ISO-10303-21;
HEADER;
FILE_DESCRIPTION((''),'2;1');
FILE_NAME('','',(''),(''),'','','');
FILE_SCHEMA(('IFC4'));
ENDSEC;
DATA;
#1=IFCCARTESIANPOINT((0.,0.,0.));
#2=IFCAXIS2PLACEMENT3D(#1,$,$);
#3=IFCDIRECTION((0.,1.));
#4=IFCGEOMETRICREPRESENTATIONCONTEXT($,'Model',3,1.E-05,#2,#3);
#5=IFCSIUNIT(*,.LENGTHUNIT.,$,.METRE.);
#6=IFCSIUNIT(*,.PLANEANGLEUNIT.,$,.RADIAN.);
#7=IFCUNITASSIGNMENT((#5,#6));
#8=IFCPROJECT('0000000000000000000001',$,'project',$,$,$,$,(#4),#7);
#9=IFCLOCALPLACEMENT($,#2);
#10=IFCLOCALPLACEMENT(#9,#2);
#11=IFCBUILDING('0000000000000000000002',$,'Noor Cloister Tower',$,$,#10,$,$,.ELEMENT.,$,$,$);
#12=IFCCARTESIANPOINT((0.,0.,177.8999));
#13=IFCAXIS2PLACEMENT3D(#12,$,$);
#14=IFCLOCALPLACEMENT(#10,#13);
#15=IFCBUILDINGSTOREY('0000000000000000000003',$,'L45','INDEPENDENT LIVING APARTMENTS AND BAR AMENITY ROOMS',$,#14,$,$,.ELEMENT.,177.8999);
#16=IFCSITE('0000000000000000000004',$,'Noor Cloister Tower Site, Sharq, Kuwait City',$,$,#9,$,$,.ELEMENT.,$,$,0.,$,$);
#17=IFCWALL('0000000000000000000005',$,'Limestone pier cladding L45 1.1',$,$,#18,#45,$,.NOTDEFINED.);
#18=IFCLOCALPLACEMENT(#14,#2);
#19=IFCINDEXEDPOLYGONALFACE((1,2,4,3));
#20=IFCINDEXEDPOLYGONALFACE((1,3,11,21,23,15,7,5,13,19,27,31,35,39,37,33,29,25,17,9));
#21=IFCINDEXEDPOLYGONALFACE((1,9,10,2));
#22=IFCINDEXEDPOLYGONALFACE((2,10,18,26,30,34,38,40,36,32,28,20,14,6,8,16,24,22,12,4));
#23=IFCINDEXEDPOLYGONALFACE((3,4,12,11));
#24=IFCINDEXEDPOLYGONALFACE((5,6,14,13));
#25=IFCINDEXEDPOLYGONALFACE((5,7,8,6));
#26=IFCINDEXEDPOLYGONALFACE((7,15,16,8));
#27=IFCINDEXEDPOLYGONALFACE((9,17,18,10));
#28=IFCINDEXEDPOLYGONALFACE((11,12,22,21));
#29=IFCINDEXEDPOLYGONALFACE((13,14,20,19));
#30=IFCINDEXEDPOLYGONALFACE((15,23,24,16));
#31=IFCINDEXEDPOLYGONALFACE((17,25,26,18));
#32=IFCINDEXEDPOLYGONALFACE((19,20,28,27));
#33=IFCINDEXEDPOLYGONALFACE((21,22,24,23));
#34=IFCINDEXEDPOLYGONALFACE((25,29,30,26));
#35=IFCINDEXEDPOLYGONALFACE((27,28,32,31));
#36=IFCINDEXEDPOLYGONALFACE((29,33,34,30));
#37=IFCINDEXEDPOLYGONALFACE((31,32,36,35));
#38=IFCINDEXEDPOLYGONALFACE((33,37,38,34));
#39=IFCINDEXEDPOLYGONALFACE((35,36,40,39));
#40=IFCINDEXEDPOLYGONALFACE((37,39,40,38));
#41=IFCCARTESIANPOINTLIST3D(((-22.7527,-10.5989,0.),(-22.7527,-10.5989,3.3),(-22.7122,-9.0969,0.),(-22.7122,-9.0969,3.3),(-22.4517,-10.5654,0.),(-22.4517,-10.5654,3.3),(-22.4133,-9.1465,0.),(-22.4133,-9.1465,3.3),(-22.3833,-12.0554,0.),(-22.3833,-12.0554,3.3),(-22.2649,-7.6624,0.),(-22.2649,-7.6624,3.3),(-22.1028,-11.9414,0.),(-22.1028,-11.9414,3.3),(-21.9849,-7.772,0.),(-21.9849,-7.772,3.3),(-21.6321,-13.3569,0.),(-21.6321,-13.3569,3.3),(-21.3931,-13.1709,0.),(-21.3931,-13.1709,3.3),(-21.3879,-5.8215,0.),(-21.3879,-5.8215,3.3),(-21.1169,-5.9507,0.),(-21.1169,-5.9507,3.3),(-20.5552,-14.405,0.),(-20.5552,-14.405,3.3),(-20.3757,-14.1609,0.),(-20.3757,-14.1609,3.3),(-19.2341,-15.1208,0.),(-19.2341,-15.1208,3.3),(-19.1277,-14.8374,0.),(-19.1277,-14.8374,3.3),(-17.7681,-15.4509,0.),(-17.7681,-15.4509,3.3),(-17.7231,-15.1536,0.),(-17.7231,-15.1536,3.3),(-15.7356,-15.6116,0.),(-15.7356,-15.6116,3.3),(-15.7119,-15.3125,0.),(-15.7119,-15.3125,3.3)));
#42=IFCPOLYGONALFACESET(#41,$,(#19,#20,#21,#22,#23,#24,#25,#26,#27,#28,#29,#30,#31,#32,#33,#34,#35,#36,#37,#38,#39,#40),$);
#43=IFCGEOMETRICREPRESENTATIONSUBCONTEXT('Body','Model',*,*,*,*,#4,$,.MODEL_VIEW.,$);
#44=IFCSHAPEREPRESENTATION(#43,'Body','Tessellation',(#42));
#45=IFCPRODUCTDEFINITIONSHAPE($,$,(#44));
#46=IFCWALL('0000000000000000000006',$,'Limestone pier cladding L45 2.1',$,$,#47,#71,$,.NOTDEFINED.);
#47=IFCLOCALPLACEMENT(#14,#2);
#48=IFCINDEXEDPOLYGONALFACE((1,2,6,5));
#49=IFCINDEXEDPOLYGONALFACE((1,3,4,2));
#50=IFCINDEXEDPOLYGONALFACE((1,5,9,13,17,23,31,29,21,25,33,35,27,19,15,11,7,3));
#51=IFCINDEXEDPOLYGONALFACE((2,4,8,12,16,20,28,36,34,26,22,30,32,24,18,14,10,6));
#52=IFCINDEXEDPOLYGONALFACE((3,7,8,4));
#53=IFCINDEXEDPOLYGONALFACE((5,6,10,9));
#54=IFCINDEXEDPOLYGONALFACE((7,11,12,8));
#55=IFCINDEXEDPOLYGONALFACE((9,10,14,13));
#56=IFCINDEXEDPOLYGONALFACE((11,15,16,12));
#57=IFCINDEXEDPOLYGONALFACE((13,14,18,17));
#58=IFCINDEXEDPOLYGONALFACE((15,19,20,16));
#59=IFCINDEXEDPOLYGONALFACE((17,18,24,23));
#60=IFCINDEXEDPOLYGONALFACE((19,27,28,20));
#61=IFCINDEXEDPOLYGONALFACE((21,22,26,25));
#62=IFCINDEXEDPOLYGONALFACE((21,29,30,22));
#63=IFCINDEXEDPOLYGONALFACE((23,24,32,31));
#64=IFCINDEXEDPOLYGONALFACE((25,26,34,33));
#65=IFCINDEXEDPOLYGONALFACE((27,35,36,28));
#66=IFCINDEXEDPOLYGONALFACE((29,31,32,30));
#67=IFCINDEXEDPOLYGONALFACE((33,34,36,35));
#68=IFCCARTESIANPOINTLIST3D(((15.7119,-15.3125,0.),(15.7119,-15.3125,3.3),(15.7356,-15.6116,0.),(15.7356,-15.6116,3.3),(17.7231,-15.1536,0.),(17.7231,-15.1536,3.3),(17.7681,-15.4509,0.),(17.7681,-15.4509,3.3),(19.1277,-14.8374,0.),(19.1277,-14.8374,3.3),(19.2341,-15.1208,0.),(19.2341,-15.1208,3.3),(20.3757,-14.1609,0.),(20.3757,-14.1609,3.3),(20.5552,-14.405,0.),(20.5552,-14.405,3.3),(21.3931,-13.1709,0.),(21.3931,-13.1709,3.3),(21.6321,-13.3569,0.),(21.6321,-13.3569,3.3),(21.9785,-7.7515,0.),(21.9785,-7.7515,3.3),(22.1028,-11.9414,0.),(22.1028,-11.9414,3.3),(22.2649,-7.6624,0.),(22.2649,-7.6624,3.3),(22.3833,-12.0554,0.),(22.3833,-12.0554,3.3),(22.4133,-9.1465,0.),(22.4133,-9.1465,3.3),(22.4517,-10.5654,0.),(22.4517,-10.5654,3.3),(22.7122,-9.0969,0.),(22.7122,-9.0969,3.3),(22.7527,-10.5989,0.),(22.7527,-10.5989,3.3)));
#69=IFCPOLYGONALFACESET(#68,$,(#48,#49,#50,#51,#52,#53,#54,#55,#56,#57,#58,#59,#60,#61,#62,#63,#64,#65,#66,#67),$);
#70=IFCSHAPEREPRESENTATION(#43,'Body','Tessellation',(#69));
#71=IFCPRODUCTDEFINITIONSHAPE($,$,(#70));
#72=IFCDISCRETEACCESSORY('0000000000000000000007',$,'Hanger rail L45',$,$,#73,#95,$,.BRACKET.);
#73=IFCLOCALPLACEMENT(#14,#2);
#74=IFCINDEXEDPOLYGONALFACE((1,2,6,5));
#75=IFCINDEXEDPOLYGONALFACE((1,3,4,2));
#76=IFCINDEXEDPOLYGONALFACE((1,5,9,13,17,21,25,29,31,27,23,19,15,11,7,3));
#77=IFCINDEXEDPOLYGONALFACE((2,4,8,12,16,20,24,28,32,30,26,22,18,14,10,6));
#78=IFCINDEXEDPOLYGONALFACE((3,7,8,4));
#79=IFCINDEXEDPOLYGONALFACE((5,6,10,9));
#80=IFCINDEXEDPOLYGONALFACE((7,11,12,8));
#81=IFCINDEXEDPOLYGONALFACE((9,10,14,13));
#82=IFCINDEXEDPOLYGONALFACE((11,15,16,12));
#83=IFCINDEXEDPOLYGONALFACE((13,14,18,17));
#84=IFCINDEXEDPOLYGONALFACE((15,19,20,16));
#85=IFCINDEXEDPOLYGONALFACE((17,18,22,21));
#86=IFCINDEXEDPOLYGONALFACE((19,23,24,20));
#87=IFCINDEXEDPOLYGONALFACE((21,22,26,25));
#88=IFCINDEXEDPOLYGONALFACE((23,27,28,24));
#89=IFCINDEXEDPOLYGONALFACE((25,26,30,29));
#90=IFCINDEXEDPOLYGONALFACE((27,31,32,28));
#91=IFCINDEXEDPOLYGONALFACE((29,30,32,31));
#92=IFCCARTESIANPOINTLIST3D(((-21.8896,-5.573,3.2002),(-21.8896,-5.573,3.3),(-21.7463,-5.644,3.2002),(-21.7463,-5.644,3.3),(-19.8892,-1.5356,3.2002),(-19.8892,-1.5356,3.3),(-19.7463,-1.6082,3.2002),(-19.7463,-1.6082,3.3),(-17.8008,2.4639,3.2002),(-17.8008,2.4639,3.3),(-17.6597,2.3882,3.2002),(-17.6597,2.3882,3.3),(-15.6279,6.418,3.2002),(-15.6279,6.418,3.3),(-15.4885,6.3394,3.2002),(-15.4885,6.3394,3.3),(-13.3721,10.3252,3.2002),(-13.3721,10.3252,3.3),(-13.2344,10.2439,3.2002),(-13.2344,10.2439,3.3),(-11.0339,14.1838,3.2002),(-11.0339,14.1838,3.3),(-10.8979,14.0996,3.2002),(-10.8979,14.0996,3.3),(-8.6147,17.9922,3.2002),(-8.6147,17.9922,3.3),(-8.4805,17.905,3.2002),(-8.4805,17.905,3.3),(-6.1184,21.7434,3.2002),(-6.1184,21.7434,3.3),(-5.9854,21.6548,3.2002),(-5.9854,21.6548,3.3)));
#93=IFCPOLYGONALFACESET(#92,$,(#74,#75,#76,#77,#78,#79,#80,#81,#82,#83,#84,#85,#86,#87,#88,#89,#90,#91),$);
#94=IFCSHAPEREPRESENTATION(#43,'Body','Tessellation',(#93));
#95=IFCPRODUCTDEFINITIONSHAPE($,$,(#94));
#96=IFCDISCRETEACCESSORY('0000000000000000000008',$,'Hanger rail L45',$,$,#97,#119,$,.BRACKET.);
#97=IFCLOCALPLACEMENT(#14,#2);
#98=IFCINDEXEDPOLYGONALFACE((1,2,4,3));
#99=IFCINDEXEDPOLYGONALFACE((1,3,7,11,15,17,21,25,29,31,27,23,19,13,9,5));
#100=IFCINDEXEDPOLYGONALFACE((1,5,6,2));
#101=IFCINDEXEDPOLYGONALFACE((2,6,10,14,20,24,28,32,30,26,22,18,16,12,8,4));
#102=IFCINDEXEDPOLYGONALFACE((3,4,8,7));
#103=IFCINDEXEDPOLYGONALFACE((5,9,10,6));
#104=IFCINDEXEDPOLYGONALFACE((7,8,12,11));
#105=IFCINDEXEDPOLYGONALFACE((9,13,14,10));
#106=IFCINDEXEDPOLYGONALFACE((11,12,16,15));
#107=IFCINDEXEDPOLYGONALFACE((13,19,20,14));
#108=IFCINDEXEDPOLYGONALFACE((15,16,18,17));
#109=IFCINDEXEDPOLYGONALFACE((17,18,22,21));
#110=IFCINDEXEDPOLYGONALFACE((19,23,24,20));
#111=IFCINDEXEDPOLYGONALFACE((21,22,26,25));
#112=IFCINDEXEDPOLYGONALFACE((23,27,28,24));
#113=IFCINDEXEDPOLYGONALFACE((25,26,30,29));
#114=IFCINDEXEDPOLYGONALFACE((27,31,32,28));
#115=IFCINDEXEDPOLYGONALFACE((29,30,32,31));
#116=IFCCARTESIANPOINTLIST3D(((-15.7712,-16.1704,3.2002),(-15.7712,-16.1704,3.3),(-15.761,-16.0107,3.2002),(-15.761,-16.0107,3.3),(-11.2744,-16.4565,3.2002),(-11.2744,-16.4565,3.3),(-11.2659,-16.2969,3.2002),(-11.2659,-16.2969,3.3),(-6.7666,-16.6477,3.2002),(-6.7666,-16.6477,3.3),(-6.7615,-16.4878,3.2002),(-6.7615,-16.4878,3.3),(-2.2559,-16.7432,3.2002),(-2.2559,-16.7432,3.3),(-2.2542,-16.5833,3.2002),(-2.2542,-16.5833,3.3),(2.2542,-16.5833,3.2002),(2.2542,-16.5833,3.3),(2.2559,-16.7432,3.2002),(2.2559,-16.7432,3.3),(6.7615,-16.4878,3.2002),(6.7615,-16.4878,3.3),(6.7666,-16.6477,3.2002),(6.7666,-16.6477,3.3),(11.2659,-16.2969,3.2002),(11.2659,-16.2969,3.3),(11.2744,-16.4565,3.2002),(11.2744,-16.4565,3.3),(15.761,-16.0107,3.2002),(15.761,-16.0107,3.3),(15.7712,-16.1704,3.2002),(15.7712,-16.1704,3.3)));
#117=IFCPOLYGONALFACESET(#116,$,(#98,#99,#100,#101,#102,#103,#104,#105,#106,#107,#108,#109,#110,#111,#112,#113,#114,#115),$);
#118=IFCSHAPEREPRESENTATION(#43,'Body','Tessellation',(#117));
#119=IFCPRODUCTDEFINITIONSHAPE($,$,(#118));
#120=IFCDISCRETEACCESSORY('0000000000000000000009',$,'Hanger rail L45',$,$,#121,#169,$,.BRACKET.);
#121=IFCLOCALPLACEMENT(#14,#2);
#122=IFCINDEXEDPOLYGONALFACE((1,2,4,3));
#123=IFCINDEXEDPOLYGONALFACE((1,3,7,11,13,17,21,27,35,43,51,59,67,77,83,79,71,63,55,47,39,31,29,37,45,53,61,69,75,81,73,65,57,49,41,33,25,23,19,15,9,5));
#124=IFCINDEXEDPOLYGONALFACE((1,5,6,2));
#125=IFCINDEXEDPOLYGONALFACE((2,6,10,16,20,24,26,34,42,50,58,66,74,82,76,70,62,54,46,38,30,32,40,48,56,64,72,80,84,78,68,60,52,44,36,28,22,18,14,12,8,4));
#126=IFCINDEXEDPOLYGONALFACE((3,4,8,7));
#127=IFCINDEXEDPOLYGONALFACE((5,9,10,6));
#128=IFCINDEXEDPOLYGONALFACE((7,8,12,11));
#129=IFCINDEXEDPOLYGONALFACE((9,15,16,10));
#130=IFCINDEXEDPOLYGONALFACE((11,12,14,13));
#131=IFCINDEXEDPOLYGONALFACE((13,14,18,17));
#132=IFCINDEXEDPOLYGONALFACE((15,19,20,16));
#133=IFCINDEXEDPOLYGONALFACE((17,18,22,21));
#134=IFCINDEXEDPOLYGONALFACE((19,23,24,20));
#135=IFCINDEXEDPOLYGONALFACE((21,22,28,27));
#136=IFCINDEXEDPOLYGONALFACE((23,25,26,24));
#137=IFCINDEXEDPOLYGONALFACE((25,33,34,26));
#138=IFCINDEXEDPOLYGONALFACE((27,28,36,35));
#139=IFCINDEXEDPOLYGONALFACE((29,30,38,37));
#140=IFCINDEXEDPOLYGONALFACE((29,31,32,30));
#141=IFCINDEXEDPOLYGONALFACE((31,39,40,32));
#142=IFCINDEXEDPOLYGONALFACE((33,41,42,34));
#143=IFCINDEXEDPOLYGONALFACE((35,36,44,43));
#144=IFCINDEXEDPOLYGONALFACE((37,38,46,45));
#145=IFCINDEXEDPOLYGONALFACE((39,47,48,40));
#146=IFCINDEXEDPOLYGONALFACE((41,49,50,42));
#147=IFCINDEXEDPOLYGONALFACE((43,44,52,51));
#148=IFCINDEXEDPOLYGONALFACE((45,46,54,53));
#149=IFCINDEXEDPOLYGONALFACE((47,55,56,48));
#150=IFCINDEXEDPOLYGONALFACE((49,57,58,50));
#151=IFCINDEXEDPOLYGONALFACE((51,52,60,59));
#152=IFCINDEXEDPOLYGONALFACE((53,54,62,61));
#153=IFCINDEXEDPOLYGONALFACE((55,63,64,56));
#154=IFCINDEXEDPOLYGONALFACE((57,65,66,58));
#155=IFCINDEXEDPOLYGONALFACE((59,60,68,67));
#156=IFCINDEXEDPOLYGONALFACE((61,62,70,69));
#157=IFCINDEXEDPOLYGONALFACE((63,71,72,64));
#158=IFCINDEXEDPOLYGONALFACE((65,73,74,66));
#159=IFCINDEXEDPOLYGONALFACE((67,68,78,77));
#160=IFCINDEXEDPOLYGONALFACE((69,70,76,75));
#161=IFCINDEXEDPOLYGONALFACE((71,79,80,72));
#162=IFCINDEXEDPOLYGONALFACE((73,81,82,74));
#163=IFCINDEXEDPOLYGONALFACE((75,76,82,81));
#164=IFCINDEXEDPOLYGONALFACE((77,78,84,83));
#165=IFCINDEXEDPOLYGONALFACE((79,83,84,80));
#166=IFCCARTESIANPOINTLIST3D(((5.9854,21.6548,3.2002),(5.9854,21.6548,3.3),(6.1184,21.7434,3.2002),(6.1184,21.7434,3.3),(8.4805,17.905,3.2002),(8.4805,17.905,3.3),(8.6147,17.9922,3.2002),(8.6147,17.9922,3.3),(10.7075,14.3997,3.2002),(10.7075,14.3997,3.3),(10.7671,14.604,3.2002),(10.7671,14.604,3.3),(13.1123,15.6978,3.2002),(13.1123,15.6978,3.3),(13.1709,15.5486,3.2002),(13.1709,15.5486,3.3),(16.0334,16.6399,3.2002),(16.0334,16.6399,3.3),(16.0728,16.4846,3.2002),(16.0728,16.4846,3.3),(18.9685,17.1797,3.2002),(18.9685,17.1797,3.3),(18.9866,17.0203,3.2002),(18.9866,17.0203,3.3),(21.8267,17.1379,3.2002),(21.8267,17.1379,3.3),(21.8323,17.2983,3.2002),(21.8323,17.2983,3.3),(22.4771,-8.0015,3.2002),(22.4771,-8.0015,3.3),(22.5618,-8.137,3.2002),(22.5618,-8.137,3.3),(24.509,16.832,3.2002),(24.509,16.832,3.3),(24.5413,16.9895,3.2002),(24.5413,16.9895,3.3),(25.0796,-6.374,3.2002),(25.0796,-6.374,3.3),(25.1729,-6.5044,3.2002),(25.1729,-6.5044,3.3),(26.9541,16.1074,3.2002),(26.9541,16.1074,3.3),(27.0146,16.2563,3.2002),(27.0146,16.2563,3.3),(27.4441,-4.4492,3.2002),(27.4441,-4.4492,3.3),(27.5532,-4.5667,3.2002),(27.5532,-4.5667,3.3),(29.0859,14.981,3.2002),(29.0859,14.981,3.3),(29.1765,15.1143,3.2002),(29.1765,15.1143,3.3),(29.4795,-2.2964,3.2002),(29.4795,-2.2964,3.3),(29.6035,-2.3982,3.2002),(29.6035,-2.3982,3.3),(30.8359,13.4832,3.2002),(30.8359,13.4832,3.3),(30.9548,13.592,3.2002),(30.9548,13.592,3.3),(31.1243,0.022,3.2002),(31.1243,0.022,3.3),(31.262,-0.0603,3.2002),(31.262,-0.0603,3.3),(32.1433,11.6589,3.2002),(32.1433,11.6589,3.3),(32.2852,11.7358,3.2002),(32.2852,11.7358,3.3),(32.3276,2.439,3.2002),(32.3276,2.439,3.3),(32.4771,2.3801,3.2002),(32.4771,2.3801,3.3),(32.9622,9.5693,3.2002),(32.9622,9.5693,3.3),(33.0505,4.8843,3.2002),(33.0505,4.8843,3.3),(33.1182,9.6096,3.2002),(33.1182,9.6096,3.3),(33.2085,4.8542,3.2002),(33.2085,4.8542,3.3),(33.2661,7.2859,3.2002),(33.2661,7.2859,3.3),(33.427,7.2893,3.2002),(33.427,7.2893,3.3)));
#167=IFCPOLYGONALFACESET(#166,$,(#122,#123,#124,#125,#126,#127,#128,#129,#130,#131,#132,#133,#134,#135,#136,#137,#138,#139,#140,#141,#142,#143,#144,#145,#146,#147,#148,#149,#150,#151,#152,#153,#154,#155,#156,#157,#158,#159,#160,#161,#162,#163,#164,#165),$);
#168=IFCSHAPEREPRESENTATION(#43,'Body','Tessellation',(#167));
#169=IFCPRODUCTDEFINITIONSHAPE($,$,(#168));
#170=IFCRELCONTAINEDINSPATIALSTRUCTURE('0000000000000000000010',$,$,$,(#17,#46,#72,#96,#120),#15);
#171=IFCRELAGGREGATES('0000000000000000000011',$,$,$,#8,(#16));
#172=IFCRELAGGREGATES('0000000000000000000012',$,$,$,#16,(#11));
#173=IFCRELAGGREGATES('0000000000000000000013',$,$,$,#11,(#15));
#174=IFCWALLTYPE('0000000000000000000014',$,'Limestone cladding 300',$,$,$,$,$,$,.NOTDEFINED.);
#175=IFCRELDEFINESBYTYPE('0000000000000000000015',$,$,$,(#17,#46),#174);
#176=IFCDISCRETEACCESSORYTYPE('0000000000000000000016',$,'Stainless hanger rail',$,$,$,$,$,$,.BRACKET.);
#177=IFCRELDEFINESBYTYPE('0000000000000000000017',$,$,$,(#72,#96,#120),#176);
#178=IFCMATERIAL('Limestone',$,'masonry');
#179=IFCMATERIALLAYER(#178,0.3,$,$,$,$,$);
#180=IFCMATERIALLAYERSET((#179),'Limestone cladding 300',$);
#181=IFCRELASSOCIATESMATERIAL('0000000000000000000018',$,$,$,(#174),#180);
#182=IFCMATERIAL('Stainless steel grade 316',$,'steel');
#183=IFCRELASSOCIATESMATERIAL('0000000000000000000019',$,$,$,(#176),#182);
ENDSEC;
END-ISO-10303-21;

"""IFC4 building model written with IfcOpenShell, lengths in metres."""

from ifc_helpers import new_model, si_unit, direction, frame, origin, place, context, subcontext, project, spatial, polyline, outline, extrude, material, layer, layer_set, type_object, element, save


model = new_model("IFC4")

# Units and contexts
model_context = context("Model", 3, precision=1e-05, world=origin(), true_north=direction((0.0, 1.0)))
body_context = subcontext(model_context, "Body", "Model", "MODEL_VIEW")
ifc_project = project(units=[si_unit("LENGTHUNIT", "METRE"), si_unit("PLANEANGLEUNIT", "RADIAN")], contexts=[model_context])

# Site, building, storey
site_placement = place(None, origin())
site = spatial("IfcSite", under=ifc_project, at=site_placement, Name="Noor Cloister Tower Site, Sharq, Kuwait City", CompositionType="ELEMENT", RefElevation=0.0)
building_placement = place(site_placement, origin())
building = spatial("IfcBuilding", under=site, at=building_placement, Name="Noor Cloister Tower", CompositionType="ELEMENT")
storey_placement = place(building_placement, frame((0.0, 0.0, 177.8999)))
storey = spatial("IfcBuildingStorey", under=building, at=storey_placement, Name="L45", Description="INDEPENDENT LIVING APARTMENTS AND BAR AMENITY ROOMS", CompositionType="ELEMENT", Elevation=177.8999)

# Walls
ifc_material_1 = material(Name="Limestone", Category="masonry")
ifc_layer_1 = layer(ifc_material_1, 0.3)
ifc_layer_set_1 = layer_set([ifc_layer_1], Name="Limestone cladding 300")
wall_type_1 = type_object("IfcWallType", Name="Limestone cladding 300", PredefinedType="NOTDEFINED", material=ifc_layer_set_1)
wall_1_placement = place(storey_placement, origin())
element("IfcWall", 1, at=wall_1_placement, inside=storey, type_object=wall_type_1, Name="Limestone pier cladding L45 1.1", PredefinedType="NOTDEFINED", context=body_context, shape_type="SweptSolid", body=[
    extrude(outline(polyline([(-21.3879, -5.8215), (-22.2649, -7.6624), (-22.7122, -9.0969), (-22.7527, -10.5989), (-22.3833, -12.0554), (-21.6321, -13.3569), (-20.5552, -14.405), (-19.2341, -15.1208), (-17.7681, -15.4509), (-15.7356, -15.6116), (-15.7119, -15.3125), (-17.7231, -15.1536), (-19.1277, -14.8374), (-20.3757, -14.1609), (-21.3931, -13.1709), (-22.1028, -11.9414), (-22.4517, -10.5654), (-22.4133, -9.1465), (-21.9849, -7.772), (-21.1169, -5.9507), (-21.3879, -5.8215)])), origin(), (0.0, 0.0, 1.0), 3.3),
])
wall_2_placement = place(storey_placement, origin())
element("IfcWall", 2, at=wall_2_placement, inside=storey, type_object=wall_type_1, Name="Limestone pier cladding L45 2.1", PredefinedType="NOTDEFINED", context=body_context, shape_type="SweptSolid", body=[
    extrude(outline(polyline([(15.7356, -15.6116), (17.7681, -15.4509), (19.2341, -15.1208), (20.5552, -14.405), (21.6321, -13.3569), (22.3833, -12.0554), (22.7527, -10.5989), (22.7122, -9.0969), (22.2649, -7.6624), (21.9785, -7.7515), (22.4133, -9.1465), (22.4517, -10.5654), (22.1028, -11.9414), (21.3931, -13.1709), (20.3757, -14.1609), (19.1277, -14.8374), (17.7231, -15.1536), (15.7119, -15.3125), (15.7356, -15.6116)])), origin(), (0.0, 0.0, 1.0), 3.3),
])

# Discrete accessories
ifc_material_2 = material(Name="Stainless steel grade 316", Category="steel")
discrete_accessory_type = type_object("IfcDiscreteAccessoryType", Name="Stainless hanger rail", PredefinedType="BRACKET", material=ifc_material_2)
discrete_accessory_1_placement = place(storey_placement, frame((0.0, 0.0, 3.2002)))
element("IfcDiscreteAccessory", 3, at=discrete_accessory_1_placement, inside=storey, type_object=discrete_accessory_type, Name="Hanger rail L45", PredefinedType="BRACKET", context=body_context, shape_type="SweptSolid", body=[
    extrude(outline(polyline([(-6.1184, 21.7434), (-8.6147, 17.9922), (-11.0339, 14.1838), (-13.3721, 10.3252), (-15.6279, 6.418), (-17.8008, 2.4639), (-19.8892, -1.5356), (-21.8896, -5.573), (-21.7463, -5.644), (-19.7463, -1.6082), (-17.6597, 2.3882), (-15.4885, 6.3394), (-13.2344, 10.2439), (-10.8979, 14.0996), (-8.4805, 17.905), (-5.9854, 21.6548), (-6.1184, 21.7434)])), origin(), (0.0, 0.0, 1.0), 0.0999),
])
discrete_accessory_2_placement = place(storey_placement, frame((0.0, 0.0, 3.2002)))
element("IfcDiscreteAccessory", 4, at=discrete_accessory_2_placement, inside=storey, type_object=discrete_accessory_type, Name="Hanger rail L45", PredefinedType="BRACKET", context=body_context, shape_type="SweptSolid", body=[
    extrude(outline(polyline([(-15.7712, -16.1704), (-11.2744, -16.4565), (-6.7666, -16.6477), (-2.2559, -16.7432), (2.2559, -16.7432), (6.7666, -16.6477), (11.2744, -16.4565), (15.7712, -16.1704), (15.761, -16.0107), (11.2659, -16.2969), (6.7615, -16.4878), (2.2542, -16.5833), (-2.2542, -16.5833), (-6.7615, -16.4878), (-11.2659, -16.2969), (-15.761, -16.0107), (-15.7712, -16.1704)])), origin(), (0.0, 0.0, 1.0), 0.0999),
])
discrete_accessory_3_placement = place(storey_placement, frame((0.0, 0.0, 3.2002)))
element("IfcDiscreteAccessory", 5, at=discrete_accessory_3_placement, inside=storey, type_object=discrete_accessory_type, Name="Hanger rail L45", PredefinedType="BRACKET", context=body_context, shape_type="SweptSolid", body=[
    extrude(outline(polyline([(22.5618, -8.137), (25.1729, -6.5044), (27.5532, -4.5667), (29.6035, -2.3982), (31.262, -0.0603), (32.4771, 2.3801), (33.2085, 4.8542), (33.427, 7.2893), (33.1182, 9.6096), (32.2852, 11.7358), (30.9548, 13.592), (29.1765, 15.1143), (27.0146, 16.2563), (24.5413, 16.9895), (21.8323, 17.2983), (18.9685, 17.1797), (16.0334, 16.6399), (13.1123, 15.6978), (10.7671, 14.604), (8.6147, 17.9922), (6.1184, 21.7434), (5.9854, 21.6548), (8.4805, 17.905), (10.7075, 14.3997), (13.1709, 15.5486), (16.0728, 16.4846), (18.9866, 17.0203), (21.8267, 17.1379), (24.509, 16.832), (26.9541, 16.1074), (29.0859, 14.981), (30.8359, 13.4832), (32.1433, 11.6589), (32.9622, 9.5693), (33.2661, 7.2859), (33.0505, 4.8843), (32.3276, 2.439), (31.1243, 0.022), (29.4795, -2.2964), (27.4441, -4.4492), (25.0796, -6.374), (22.4771, -8.0015), (22.5618, -8.137)])), origin(), (0.0, 0.0, 1.0), 0.0999),
])

save(model, "model.ifc")
